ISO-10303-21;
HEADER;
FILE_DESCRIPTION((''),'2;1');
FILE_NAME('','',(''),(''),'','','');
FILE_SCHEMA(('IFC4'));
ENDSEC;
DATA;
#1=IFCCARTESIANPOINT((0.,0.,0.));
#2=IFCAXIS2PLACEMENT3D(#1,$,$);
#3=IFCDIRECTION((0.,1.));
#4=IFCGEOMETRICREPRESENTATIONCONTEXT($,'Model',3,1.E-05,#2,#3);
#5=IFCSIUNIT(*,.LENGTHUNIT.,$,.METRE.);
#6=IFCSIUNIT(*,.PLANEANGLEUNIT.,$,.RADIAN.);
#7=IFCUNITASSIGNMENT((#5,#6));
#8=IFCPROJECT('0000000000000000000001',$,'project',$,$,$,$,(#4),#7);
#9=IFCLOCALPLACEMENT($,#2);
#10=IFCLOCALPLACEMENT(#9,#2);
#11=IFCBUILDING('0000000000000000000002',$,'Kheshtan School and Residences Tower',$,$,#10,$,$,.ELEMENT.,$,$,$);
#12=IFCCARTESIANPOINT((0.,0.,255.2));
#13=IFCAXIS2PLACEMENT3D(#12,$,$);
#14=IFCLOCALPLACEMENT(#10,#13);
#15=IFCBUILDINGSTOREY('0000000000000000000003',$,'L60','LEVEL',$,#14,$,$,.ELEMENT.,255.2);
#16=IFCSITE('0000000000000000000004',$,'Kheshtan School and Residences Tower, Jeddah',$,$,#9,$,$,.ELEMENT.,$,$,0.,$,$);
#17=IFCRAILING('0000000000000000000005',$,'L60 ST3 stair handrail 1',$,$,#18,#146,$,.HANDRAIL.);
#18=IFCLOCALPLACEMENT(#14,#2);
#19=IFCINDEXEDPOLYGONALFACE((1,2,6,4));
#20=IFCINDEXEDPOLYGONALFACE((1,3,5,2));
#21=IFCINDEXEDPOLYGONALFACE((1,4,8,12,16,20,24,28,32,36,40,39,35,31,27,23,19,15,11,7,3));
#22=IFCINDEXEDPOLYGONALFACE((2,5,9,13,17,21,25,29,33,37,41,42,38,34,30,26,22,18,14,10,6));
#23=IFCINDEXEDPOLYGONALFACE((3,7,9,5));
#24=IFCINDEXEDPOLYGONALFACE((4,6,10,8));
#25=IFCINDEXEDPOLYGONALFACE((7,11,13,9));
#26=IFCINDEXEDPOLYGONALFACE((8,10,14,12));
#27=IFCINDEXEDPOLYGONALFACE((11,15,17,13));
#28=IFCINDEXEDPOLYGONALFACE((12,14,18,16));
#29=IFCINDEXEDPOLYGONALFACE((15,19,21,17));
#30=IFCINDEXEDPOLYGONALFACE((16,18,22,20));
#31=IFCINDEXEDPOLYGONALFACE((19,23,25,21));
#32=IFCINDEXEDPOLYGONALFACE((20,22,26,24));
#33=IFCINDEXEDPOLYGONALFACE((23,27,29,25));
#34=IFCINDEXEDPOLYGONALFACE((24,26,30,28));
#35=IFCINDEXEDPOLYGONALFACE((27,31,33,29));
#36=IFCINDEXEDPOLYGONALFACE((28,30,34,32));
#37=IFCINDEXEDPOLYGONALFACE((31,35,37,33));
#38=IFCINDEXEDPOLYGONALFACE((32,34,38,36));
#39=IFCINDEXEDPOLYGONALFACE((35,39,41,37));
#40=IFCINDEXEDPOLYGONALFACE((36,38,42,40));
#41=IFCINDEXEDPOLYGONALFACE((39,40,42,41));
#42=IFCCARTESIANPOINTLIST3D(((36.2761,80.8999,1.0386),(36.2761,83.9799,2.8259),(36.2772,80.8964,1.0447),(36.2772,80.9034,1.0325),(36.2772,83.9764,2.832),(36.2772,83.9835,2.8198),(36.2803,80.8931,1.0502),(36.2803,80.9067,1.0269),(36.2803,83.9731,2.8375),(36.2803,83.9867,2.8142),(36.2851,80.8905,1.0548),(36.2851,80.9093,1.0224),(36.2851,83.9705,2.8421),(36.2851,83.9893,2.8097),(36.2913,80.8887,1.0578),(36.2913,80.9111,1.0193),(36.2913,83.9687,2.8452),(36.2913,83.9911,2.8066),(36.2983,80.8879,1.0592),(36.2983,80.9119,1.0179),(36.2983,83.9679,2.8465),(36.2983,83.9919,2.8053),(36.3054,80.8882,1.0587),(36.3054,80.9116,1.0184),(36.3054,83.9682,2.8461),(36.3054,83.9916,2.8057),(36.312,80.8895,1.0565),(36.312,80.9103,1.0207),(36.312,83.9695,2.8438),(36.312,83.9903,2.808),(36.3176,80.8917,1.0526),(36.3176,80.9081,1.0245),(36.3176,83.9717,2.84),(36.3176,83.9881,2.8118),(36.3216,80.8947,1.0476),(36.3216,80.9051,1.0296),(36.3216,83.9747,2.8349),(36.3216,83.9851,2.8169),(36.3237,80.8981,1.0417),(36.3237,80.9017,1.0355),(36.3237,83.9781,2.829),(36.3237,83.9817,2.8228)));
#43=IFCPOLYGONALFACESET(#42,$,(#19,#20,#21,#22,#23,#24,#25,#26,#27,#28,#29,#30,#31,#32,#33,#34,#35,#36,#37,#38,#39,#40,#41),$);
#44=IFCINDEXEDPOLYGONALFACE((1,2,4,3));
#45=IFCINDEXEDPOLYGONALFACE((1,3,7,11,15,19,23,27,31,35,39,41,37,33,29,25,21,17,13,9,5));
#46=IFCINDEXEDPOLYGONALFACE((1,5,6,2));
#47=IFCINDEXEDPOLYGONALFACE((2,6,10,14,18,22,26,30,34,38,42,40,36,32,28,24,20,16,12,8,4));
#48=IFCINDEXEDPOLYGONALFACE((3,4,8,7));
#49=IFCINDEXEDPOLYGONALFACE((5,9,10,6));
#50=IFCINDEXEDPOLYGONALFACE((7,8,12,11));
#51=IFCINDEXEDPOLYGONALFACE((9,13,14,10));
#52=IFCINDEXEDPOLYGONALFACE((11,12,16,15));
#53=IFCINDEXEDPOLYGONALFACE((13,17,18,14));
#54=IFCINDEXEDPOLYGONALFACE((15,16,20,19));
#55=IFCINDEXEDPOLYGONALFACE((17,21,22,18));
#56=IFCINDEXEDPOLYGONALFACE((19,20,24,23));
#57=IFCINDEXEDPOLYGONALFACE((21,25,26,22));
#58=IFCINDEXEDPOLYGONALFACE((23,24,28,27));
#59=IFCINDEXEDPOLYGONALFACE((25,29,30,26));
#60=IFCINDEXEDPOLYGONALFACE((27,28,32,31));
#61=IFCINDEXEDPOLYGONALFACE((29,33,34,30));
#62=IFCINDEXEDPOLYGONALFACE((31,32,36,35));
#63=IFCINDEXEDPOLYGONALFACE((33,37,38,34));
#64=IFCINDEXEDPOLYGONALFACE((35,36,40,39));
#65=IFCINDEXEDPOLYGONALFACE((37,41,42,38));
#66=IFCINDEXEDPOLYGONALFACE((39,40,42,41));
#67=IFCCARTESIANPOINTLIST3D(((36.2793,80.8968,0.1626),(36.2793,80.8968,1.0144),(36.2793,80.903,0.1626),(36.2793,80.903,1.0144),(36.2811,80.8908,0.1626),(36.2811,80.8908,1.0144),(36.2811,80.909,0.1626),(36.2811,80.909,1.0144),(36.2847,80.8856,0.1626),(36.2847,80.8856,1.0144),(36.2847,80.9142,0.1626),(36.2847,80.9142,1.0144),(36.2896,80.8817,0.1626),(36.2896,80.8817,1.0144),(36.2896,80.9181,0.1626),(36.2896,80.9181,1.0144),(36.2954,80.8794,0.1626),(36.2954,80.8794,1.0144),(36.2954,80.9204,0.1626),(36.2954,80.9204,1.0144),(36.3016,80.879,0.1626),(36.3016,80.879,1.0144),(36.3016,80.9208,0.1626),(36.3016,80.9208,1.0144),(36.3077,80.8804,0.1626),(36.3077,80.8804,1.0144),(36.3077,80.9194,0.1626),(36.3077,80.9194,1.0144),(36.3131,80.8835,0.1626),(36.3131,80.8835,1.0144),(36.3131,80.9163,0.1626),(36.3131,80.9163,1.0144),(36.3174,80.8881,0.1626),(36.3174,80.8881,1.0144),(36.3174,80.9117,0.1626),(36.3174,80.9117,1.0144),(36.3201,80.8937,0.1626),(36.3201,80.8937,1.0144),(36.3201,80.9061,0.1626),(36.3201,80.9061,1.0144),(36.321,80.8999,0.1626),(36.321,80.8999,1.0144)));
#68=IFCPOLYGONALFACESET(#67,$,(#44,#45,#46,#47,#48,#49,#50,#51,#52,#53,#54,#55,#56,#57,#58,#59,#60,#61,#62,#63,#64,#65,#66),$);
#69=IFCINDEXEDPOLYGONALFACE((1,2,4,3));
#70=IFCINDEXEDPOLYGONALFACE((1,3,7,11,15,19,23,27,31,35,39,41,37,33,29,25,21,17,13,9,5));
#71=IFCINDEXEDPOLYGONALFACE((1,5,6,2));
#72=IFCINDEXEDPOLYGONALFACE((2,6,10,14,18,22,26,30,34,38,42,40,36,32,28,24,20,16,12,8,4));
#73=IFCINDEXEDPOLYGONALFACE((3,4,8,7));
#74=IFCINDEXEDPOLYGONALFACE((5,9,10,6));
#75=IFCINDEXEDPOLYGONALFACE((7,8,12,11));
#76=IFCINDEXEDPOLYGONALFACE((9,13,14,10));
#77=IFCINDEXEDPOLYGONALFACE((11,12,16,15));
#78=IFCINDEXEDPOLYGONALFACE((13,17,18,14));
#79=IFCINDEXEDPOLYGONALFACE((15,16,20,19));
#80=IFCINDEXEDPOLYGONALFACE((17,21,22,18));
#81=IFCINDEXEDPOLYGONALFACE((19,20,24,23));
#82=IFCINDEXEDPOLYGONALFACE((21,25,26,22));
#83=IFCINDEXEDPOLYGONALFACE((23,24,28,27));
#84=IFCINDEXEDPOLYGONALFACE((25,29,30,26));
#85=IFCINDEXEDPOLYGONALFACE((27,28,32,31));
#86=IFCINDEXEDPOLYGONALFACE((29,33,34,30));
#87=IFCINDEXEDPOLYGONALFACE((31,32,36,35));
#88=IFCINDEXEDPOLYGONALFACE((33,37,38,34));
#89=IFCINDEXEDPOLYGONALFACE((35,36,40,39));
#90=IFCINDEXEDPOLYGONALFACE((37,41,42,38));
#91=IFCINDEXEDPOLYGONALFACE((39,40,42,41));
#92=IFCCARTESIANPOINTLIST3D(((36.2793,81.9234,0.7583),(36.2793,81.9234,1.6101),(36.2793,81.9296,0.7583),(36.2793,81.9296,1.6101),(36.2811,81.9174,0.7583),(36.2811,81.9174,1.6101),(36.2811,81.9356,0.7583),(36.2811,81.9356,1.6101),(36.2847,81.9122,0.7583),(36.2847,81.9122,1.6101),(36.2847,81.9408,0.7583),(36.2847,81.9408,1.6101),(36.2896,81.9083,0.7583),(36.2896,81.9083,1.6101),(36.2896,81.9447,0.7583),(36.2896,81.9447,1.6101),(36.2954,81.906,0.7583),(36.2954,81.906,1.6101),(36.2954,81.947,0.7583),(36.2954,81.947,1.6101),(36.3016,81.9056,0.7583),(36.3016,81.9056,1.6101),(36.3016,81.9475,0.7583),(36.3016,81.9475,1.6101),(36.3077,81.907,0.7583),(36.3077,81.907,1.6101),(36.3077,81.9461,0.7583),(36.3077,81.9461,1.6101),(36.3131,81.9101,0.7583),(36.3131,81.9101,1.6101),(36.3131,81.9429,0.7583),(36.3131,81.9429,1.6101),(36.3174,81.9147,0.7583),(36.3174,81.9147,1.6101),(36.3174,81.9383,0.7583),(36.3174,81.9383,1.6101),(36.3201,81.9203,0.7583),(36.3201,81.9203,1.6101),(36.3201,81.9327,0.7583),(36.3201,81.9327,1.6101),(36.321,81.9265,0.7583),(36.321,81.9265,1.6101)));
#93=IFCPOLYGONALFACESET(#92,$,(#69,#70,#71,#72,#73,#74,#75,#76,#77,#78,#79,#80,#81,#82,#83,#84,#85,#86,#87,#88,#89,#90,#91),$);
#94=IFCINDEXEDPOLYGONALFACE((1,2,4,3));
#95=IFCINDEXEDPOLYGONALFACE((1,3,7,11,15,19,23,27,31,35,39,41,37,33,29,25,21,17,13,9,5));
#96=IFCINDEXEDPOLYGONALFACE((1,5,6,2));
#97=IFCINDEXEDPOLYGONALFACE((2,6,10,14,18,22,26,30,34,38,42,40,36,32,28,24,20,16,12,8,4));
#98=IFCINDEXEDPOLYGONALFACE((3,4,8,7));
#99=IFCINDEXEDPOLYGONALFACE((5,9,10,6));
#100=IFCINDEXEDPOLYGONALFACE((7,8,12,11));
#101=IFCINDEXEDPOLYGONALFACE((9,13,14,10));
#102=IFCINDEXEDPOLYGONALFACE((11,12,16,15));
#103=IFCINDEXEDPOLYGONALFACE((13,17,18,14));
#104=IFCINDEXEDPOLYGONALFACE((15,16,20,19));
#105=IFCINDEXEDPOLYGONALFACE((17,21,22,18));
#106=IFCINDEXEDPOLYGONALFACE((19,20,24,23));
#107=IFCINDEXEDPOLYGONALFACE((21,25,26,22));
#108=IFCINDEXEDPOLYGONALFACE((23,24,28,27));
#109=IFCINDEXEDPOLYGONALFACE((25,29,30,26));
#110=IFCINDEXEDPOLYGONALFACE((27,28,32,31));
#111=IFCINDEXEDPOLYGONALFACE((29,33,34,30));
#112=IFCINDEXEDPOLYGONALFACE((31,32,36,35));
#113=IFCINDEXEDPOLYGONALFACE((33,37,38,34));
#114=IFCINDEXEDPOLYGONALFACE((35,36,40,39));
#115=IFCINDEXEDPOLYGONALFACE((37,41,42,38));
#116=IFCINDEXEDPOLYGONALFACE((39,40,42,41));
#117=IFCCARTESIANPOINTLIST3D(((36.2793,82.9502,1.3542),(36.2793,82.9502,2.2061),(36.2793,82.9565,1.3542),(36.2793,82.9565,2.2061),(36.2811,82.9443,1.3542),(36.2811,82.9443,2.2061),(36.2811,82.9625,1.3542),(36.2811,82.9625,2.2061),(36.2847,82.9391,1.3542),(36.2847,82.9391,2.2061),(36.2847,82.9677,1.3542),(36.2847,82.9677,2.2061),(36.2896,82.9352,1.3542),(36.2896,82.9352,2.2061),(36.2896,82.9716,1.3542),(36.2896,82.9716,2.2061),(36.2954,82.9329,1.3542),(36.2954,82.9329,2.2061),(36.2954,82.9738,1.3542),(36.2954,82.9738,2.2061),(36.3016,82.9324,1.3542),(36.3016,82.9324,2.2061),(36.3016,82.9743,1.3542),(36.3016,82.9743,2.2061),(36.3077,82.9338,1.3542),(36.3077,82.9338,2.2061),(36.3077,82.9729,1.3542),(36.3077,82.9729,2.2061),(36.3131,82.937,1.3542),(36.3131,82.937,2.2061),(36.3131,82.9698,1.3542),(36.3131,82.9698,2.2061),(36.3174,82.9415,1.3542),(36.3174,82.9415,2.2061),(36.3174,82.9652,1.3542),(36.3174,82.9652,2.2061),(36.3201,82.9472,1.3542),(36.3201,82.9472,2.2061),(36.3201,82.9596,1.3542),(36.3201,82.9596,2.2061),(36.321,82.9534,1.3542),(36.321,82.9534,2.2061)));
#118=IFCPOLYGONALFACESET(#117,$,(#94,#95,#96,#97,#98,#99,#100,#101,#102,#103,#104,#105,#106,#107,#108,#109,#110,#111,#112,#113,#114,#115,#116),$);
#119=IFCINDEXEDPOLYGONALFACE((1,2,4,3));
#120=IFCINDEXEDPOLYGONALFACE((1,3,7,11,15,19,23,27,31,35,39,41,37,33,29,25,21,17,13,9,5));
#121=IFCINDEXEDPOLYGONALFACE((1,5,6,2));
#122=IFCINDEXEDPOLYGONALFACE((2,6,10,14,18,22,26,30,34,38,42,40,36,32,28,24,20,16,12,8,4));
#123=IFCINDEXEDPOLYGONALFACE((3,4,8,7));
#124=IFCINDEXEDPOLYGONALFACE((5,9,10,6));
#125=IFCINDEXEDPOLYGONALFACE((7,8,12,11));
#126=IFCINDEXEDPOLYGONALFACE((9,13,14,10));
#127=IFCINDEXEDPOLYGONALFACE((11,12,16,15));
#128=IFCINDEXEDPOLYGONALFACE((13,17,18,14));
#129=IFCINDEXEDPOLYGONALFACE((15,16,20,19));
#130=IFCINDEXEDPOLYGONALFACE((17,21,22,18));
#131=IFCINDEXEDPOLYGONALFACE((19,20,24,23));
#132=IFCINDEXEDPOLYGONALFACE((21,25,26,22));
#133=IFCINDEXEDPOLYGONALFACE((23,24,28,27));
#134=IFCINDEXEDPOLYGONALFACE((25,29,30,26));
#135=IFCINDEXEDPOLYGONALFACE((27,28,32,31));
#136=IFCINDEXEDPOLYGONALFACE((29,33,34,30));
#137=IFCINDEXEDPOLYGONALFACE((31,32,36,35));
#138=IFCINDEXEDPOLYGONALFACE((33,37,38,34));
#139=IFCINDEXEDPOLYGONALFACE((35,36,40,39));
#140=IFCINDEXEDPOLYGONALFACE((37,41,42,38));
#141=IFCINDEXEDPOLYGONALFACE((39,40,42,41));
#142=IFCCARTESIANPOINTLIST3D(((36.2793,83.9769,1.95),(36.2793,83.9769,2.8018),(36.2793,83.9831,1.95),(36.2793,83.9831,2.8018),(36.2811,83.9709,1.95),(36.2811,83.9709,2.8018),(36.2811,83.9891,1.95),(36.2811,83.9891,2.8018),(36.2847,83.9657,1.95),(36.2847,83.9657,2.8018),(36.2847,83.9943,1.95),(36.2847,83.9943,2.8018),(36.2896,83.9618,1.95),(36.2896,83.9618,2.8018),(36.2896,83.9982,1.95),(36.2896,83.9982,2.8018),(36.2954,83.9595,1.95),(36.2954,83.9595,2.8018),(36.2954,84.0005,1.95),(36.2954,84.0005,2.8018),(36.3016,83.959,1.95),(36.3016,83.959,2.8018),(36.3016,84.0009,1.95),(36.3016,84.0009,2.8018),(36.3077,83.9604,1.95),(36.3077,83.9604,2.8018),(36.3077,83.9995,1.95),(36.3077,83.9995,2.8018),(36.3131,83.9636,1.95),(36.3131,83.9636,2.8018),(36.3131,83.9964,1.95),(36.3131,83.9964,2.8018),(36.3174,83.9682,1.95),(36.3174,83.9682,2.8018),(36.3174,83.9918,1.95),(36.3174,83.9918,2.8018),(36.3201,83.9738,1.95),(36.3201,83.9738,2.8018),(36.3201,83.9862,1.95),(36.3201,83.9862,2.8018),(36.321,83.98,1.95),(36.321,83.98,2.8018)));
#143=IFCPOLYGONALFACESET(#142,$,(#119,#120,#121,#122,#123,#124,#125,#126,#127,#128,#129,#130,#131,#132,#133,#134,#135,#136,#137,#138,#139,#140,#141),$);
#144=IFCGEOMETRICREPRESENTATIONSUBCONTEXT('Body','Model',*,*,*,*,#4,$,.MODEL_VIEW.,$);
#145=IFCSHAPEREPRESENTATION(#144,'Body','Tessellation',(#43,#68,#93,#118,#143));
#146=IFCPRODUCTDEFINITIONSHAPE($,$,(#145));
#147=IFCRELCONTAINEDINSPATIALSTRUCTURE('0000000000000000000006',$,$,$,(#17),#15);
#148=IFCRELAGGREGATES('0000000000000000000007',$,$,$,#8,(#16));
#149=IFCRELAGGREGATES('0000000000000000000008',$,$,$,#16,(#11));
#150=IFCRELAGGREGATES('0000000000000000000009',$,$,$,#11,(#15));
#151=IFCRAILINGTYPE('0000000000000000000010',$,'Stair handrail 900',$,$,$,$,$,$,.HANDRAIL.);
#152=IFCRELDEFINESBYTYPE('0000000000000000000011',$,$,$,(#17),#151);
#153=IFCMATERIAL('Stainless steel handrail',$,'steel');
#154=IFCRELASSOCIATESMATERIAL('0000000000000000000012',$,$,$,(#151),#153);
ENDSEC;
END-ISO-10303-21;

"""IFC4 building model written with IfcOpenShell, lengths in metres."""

from ifc_helpers import new_model, si_unit, direction, frame, origin, origin_2d, place, context, subcontext, project, spatial, circle, extrude, material, type_object, element, save


model = new_model("IFC4")

# Units and contexts
model_context = context("Model", 3, precision=1e-05, world=origin(), true_north=direction((0.0, 1.0)))
body_context = subcontext(model_context, "Body", "Model", "MODEL_VIEW")
ifc_project = project(units=[si_unit("LENGTHUNIT", "METRE"), si_unit("PLANEANGLEUNIT", "RADIAN")], contexts=[model_context])

# Site, building, storey
site_placement = place(None, origin())
site = spatial("IfcSite", under=ifc_project, at=site_placement, Name="Kheshtan School and Residences Tower, Jeddah", CompositionType="ELEMENT", RefElevation=0.0)
building_placement = place(site_placement, origin())
building = spatial("IfcBuilding", under=site, at=building_placement, Name="Kheshtan School and Residences Tower", CompositionType="ELEMENT")
storey_placement = place(building_placement, frame((0.0, 0.0, 255.2)))
storey = spatial("IfcBuildingStorey", under=building, at=storey_placement, Name="L60", Description="LEVEL", CompositionType="ELEMENT", Elevation=255.2)

# Railing
ifc_material_1 = material(Name="Stainless steel handrail", Category="steel")
railing_type_1 = type_object("IfcRailingType", Name="Stair handrail 900", PredefinedType="HANDRAIL", material=ifc_material_1)
railing_1_placement = place(storey_placement, frame((36.3, 80.8999, 0.1626)))
element("IfcRailing", 1, at=railing_1_placement, inside=storey, type_object=railing_type_1, Name="L60 ST3 stair handrail 1", PredefinedType="HANDRAIL", context=body_context, shape_type="SweptSolid", body=[
    extrude(circle(Radius=0.0239, at=origin_2d()), frame((0.0, 0.0, 0.876), z_axis=(0.0, 0.86492, 0.501909), x_axis=(-1.0, 0.0, 0.0)), (0.0, 0.0, 1.0), 3.561),
    extrude(circle(Radius=0.021, at=origin_2d()), origin(), (0.0, 0.0, 1.0), 0.8518),
    extrude(circle(Radius=0.021, at=origin_2d()), frame((0.0, 1.0266, 0.5957)), (0.0, 0.0, 1.0), 0.8518),
    extrude(circle(Radius=0.021, at=origin_2d()), frame((0.0, 2.0535, 1.1917)), (0.0, 0.0, 1.0), 0.8518),
    extrude(circle(Radius=0.021, at=origin_2d()), frame((0.0, 3.0801, 1.7874)), (0.0, 0.0, 1.0), 0.8518),
])

save(model, "model.ifc")
